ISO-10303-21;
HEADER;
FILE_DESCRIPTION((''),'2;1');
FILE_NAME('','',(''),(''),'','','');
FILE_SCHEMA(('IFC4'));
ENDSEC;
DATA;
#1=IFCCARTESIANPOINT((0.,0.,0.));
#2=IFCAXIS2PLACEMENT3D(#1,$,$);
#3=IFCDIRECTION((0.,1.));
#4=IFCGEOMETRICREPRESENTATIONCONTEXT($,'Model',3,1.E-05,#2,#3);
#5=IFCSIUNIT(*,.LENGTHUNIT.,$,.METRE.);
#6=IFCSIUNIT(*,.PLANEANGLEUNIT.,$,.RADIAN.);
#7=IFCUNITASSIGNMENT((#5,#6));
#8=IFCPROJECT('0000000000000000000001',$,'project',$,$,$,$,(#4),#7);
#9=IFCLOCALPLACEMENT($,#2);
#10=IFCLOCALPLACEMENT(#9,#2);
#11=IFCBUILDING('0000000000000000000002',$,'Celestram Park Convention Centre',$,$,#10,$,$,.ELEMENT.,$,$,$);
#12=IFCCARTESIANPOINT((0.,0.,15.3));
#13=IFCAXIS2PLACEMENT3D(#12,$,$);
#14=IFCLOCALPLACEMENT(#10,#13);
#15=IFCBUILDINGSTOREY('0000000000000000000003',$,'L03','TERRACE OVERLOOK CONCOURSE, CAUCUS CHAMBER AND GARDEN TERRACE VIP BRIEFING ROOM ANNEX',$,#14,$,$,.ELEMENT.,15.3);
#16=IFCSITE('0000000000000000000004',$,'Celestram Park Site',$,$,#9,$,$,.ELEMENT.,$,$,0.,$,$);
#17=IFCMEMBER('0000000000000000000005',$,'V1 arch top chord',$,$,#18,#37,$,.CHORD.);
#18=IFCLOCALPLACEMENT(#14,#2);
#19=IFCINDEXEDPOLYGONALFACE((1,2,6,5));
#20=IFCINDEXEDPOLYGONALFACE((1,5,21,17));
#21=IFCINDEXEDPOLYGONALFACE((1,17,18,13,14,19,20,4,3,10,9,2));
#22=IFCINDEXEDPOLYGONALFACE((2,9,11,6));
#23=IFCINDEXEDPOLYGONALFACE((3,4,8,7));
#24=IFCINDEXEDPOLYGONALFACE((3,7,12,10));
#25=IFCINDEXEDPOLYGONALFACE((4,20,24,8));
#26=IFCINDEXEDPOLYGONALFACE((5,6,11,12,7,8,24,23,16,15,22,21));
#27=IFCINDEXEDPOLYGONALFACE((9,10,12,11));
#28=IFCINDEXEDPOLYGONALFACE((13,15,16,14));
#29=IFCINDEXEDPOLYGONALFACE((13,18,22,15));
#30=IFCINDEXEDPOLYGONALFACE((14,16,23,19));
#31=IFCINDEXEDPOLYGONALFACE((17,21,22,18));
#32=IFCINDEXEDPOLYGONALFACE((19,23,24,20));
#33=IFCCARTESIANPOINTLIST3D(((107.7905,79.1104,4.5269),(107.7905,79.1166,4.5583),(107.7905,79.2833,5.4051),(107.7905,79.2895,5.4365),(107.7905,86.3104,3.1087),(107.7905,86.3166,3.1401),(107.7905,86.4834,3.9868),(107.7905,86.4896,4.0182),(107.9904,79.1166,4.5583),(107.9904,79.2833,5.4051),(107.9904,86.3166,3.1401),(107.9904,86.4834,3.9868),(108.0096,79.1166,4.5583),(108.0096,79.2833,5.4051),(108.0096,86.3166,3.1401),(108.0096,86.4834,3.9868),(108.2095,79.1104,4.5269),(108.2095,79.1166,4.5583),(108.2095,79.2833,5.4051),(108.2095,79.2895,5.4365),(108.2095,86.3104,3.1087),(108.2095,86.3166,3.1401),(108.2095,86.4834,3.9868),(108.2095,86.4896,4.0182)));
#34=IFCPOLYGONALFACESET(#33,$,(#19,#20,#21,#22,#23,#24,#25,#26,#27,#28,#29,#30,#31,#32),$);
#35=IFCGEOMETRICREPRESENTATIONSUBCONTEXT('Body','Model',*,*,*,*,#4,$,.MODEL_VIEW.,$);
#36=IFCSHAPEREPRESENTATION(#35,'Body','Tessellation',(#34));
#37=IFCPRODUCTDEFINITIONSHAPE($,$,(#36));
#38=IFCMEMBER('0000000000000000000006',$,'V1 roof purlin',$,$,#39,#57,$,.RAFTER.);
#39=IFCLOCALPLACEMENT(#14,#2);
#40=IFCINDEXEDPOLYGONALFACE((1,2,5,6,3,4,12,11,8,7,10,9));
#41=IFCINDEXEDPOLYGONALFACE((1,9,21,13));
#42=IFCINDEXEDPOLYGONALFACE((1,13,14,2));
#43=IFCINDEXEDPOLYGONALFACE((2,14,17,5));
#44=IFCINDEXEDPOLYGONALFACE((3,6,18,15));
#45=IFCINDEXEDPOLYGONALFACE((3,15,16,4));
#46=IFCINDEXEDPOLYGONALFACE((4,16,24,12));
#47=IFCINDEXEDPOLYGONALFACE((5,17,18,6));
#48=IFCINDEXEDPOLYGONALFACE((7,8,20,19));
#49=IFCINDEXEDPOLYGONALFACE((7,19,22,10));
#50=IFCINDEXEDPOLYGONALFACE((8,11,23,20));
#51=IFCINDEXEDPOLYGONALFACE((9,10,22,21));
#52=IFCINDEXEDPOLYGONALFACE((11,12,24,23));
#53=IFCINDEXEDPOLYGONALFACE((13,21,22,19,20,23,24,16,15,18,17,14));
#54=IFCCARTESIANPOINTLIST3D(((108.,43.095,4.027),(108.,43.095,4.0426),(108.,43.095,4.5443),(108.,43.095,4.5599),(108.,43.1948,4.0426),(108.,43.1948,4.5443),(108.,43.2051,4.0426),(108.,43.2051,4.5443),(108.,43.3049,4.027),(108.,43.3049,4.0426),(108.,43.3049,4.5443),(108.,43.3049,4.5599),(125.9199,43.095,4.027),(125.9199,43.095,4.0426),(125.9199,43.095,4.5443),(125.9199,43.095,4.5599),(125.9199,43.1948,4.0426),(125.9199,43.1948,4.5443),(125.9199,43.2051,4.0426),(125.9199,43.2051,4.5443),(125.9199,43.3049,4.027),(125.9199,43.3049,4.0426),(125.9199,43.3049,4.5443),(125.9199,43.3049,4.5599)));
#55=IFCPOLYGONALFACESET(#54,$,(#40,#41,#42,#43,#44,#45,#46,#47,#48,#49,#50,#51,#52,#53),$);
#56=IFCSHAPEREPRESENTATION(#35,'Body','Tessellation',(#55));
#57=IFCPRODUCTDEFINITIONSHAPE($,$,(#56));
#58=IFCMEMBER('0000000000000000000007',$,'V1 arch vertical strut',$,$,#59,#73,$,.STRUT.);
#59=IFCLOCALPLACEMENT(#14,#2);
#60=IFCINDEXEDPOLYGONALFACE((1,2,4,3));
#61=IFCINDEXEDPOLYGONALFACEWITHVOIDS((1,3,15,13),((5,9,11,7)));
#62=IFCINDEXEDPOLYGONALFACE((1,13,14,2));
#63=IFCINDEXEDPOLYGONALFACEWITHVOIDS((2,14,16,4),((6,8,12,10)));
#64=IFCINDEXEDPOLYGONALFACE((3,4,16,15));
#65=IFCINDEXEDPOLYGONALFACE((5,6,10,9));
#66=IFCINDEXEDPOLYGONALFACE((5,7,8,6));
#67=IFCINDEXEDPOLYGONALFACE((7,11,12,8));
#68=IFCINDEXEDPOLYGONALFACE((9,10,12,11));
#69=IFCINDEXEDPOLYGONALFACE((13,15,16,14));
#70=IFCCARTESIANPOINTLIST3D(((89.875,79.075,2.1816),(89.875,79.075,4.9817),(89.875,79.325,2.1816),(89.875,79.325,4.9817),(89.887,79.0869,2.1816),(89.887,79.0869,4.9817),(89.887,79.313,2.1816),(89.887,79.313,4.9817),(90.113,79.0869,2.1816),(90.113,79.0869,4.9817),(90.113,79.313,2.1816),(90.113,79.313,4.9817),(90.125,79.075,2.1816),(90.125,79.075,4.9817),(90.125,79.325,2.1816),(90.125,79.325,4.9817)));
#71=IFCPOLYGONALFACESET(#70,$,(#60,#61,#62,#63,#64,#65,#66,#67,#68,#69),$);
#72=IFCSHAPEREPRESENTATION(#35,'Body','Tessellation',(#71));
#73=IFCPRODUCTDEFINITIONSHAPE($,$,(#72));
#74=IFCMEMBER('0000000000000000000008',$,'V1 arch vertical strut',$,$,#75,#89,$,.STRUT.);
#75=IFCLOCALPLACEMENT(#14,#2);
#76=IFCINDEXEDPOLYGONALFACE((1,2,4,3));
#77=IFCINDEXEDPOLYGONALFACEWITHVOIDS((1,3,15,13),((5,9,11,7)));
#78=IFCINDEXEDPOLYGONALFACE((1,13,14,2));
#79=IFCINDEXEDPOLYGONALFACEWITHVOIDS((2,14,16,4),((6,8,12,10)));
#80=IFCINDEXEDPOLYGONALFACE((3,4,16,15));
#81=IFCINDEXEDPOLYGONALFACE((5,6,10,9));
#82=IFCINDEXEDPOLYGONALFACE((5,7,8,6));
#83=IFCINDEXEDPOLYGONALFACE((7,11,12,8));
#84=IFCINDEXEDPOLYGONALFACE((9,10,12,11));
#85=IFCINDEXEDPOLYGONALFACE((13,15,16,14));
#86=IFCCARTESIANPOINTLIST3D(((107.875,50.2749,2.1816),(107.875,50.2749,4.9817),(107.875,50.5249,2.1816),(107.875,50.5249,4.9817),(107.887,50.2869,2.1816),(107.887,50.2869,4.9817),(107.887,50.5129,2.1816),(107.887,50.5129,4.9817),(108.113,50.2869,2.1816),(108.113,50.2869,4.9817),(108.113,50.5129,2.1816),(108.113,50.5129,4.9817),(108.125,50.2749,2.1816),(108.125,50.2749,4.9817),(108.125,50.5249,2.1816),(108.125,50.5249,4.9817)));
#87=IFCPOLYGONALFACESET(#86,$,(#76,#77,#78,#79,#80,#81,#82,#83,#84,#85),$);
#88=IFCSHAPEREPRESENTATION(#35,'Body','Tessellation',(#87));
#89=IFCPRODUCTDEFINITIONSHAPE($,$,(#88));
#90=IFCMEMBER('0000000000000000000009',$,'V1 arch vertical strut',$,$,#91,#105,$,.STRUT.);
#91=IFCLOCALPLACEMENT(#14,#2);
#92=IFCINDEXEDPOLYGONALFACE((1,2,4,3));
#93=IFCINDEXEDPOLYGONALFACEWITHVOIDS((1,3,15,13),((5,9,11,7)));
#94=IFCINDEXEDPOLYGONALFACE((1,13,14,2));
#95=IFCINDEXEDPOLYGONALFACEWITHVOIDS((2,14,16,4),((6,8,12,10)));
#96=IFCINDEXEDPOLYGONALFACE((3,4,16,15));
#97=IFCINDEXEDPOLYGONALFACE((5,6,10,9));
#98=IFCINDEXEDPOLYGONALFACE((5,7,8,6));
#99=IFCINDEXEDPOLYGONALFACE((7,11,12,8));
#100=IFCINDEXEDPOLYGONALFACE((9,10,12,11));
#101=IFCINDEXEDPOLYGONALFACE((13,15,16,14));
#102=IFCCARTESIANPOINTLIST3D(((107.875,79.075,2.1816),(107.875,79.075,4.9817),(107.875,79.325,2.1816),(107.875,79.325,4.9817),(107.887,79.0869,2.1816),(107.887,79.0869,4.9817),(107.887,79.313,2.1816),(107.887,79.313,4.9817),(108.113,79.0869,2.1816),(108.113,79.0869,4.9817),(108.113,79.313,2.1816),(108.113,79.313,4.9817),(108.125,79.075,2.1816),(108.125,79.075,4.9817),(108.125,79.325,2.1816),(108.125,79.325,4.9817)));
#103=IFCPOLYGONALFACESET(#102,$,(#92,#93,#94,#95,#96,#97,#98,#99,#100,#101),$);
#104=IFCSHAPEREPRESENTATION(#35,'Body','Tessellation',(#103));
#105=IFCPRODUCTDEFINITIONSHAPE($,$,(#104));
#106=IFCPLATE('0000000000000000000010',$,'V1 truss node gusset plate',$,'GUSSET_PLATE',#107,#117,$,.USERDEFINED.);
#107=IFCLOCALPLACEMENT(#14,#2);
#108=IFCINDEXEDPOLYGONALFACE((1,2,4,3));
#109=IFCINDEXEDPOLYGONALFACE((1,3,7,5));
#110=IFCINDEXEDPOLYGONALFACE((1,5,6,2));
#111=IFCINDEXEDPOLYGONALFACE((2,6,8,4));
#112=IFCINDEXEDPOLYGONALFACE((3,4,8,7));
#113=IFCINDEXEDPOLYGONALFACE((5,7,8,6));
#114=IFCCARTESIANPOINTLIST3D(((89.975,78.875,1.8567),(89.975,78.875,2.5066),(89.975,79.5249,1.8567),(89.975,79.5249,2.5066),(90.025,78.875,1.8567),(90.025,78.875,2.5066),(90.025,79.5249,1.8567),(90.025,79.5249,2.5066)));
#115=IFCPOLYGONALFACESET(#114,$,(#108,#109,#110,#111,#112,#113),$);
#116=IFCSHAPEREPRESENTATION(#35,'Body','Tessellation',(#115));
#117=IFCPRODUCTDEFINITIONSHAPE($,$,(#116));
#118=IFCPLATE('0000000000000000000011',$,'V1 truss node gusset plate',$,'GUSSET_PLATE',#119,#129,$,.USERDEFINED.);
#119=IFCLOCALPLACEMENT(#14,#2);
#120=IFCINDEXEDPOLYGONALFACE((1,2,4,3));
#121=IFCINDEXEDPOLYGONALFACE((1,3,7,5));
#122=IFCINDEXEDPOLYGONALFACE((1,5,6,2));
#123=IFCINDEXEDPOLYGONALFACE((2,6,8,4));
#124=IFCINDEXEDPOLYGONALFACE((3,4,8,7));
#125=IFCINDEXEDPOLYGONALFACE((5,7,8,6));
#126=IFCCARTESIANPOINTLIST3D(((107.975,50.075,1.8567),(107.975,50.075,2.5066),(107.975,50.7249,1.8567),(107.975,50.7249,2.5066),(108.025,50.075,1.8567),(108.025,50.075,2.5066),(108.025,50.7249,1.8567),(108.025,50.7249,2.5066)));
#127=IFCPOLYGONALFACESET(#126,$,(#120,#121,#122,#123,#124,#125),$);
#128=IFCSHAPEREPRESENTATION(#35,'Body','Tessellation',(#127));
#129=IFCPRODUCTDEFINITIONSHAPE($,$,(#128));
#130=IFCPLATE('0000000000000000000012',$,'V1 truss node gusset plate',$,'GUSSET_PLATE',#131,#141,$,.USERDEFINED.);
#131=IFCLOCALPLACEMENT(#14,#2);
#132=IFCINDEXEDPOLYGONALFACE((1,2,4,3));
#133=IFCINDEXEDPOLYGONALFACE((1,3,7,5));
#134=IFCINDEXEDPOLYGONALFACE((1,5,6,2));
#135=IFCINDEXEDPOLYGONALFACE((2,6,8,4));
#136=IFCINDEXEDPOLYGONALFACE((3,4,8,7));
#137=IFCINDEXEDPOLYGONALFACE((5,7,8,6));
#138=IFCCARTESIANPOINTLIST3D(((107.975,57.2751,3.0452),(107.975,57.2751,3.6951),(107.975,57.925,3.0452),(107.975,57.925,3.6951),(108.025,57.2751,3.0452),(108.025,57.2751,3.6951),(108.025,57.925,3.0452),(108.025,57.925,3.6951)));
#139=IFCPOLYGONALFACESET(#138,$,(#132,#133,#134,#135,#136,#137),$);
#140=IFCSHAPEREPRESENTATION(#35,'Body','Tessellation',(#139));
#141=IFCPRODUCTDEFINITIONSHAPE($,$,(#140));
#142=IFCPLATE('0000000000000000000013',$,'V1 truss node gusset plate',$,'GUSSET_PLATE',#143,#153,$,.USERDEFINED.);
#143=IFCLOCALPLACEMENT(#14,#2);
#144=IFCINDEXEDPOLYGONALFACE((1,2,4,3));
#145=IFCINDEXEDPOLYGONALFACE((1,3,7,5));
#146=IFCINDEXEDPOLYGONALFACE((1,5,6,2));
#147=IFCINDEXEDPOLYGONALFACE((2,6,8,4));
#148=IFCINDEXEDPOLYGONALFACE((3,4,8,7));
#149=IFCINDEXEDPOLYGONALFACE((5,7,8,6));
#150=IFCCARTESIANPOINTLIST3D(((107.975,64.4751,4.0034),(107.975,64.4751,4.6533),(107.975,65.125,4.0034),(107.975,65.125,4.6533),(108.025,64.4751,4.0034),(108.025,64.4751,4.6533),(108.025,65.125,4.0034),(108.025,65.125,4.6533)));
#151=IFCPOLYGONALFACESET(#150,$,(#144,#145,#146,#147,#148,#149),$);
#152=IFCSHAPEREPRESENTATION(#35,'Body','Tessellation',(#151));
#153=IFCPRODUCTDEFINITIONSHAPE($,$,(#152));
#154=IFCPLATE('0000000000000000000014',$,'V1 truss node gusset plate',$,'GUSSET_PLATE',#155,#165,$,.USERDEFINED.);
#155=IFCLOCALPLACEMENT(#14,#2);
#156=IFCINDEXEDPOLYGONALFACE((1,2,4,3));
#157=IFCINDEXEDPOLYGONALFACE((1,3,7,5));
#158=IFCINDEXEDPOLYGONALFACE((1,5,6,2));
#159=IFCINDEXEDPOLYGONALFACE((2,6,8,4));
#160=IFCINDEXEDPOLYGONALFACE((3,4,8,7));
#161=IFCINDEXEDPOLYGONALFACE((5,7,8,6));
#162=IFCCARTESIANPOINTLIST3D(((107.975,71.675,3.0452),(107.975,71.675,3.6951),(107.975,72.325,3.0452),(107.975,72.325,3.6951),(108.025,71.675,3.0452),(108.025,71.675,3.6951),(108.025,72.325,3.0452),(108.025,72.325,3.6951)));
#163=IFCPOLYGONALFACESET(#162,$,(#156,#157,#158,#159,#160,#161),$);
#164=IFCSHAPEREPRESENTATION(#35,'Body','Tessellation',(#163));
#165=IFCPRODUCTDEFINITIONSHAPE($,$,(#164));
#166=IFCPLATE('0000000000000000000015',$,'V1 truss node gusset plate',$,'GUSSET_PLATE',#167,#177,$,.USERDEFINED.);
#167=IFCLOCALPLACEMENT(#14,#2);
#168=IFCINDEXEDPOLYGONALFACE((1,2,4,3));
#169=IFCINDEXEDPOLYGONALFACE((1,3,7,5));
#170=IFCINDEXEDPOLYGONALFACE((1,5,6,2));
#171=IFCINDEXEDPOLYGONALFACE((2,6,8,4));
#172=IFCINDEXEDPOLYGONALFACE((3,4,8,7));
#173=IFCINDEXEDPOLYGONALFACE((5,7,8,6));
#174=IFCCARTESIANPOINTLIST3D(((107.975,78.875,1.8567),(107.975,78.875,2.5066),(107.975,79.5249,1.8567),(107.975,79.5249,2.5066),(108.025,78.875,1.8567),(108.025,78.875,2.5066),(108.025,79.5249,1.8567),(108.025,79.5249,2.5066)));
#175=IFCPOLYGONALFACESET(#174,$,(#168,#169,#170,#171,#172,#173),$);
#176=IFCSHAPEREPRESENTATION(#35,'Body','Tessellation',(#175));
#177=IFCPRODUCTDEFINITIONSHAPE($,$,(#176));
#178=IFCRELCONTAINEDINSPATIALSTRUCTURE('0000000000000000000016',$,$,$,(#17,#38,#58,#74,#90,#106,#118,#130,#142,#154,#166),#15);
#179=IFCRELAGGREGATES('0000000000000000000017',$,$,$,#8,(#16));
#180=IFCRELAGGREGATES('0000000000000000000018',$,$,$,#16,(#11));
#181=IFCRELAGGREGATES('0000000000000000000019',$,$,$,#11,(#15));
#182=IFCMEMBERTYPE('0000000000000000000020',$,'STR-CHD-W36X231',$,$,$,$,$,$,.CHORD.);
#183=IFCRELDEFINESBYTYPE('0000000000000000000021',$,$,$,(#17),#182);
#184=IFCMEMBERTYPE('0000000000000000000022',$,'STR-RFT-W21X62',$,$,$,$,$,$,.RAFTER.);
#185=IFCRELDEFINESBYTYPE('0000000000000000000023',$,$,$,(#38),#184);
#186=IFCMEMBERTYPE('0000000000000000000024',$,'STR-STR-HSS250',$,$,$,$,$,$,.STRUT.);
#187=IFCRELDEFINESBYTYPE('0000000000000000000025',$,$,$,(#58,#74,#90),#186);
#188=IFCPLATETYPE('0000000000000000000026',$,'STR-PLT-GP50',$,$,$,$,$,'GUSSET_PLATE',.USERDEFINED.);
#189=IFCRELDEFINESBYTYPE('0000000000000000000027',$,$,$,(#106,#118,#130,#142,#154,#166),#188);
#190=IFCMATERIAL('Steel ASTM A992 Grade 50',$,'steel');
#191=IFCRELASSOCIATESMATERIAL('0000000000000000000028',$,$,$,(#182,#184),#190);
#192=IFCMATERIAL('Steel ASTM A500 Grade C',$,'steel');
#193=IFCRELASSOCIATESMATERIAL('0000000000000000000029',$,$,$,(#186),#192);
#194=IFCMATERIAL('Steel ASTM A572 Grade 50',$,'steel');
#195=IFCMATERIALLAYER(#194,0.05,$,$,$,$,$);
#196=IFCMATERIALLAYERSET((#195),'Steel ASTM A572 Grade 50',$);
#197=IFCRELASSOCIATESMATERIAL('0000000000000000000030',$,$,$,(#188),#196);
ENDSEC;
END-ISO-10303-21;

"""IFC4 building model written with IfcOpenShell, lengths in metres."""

from ifc_helpers import new_model, si_unit, direction, frame, origin, origin_2d, place, context, subcontext, project, spatial, rectangle, hollow_rectangle, i_section, extrude, material, layer, layer_set, material_profile, profile_set, type_object, element, save


model = new_model("IFC4")

# Units and contexts
model_context = context("Model", 3, precision=1e-05, world=origin(), true_north=direction((0.0, 1.0)))
body_context = subcontext(model_context, "Body", "Model", "MODEL_VIEW")
ifc_project = project(units=[si_unit("LENGTHUNIT", "METRE"), si_unit("PLANEANGLEUNIT", "RADIAN")], contexts=[model_context])

# Site, building, storey
site_placement = place(None, origin())
site = spatial("IfcSite", under=ifc_project, at=site_placement, Name="Celestram Park Site", CompositionType="ELEMENT", RefElevation=0.0)
building_placement = place(site_placement, origin())
building = spatial("IfcBuilding", under=site, at=building_placement, Name="Celestram Park Convention Centre", CompositionType="ELEMENT")
storey_placement = place(building_placement, frame((0.0, 0.0, 15.3)))
storey = spatial("IfcBuildingStorey", under=building, at=storey_placement, Name="L03", Description="TERRACE OVERLOOK CONCOURSE, CAUCUS CHAMBER AND GARDEN TERRACE VIP BRIEFING ROOM ANNEX", CompositionType="ELEMENT", Elevation=15.3)

# Members
ifc_material_1 = material(Name="Steel ASTM A500 Grade C", Category="steel")
ifc_material_2 = material(Name="Steel ASTM A992 Grade 50", Category="steel")
ifc_material_profile_1 = material_profile(ifc_material_2, i_section(OverallWidth=0.4189, OverallDepth=0.927, WebThickness=0.0193, FlangeThickness=0.032, at=origin_2d()), Name="W36X231")
ifc_profile_set_1 = profile_set([ifc_material_profile_1], Name="Steel ASTM A992 Grade 50")
member_type_1 = type_object("IfcMemberType", Name="STR-CHD-W36X231", PredefinedType="CHORD", material=ifc_profile_set_1)
member_1_placement = place(storey_placement, frame((108.0, 79.2, 4.9817), z_axis=(0.0, 0.981147, -0.193262), x_axis=(-1.0, 0.0, 0.0)))
element("IfcMember", 1, at=member_1_placement, inside=storey, type_object=member_type_1, Name="V1 arch top chord", PredefinedType="CHORD", context=body_context, shape_type="SweptSolid", body=[
    extrude(i_section(OverallWidth=0.4189, OverallDepth=0.927, WebThickness=0.0193, FlangeThickness=0.032, at=origin_2d()), origin(), (0.0, 0.0, 1.0), 7.3384),
])
ifc_material_profile_2 = material_profile(ifc_material_2, i_section(OverallWidth=0.21, OverallDepth=0.533, WebThickness=0.0103, FlangeThickness=0.0156, at=origin_2d()), Name="W21X62")
ifc_profile_set_2 = profile_set([ifc_material_profile_2], Name="Steel ASTM A992 Grade 50")
member_type_2 = type_object("IfcMemberType", Name="STR-RFT-W21X62", PredefinedType="RAFTER", material=ifc_profile_set_2)
member_2_placement = place(storey_placement, frame((108.0, 43.2, 4.2935), z_axis=(1.0, 0.0, 0.0), x_axis=(0.0, 1.0, 0.0)))
element("IfcMember", 2, at=member_2_placement, inside=storey, type_object=member_type_2, Name="V1 roof purlin", PredefinedType="RAFTER", context=body_context, shape_type="SweptSolid", body=[
    extrude(i_section(OverallWidth=0.21, OverallDepth=0.533, WebThickness=0.0103, FlangeThickness=0.0156, at=origin_2d()), origin(), (0.0, 0.0, 1.0), 17.9199),
])
ifc_material_profile_3 = material_profile(ifc_material_1, hollow_rectangle(XDim=0.25, YDim=0.25, WallThickness=0.012, at=origin_2d()), Name="HSS250X250X12")
ifc_profile_set_3 = profile_set([ifc_material_profile_3], Name="Steel ASTM A500 Grade C")
member_type_3 = type_object("IfcMemberType", Name="STR-STR-HSS250", PredefinedType="STRUT", material=ifc_profile_set_3)
for number, where, z_axis, x_axis, name in (
    (3, (90.0, 79.2, 2.1816), (0.0, 0.0, 1.0), (1.0, 0.0, 0.0), "V1 arch vertical strut"),
    (4, (108.0, 50.3999, 2.1816), (0.0, 0.0, 1.0), (1.0, 0.0, 0.0), "V1 arch vertical strut"),
    (5, (108.0, 79.2, 2.1816), (0.0, 0.0, 1.0), (1.0, 0.0, 0.0), "V1 arch vertical strut"),
):
    element("IfcMember", number, at=place(storey_placement, frame(where, z_axis=z_axis, x_axis=x_axis)), inside=storey, type_object=member_type_3, Name=name, PredefinedType="STRUT", context=body_context, shape_type="SweptSolid", body=[
        extrude(hollow_rectangle(XDim=0.25, YDim=0.25, WallThickness=0.012, at=origin_2d()), origin(), (0.0, 0.0, 1.0), 2.8),
    ])

# Plates
ifc_material_3 = material(Name="Steel ASTM A572 Grade 50", Category="steel")
ifc_layer = layer(ifc_material_3, 0.05)
ifc_layer_set = layer_set([ifc_layer], Name="Steel ASTM A572 Grade 50")
plate_type = type_object("IfcPlateType", Name="STR-PLT-GP50", ElementType="GUSSET_PLATE", PredefinedType="USERDEFINED", material=ifc_layer_set)
for number, where, z_axis, x_axis, name in (
    (6, (90.0, 79.2, 1.8567), (0.0, 0.0, 1.0), (0.0, 1.0, 0.0), "V1 truss node gusset plate"),
    (7, (108.0, 50.3999, 1.8567), (0.0, 0.0, 1.0), (0.0, 1.0, 0.0), "V1 truss node gusset plate"),
    (8, (108.0, 57.6001, 3.0452), (0.0, 0.0, 1.0), (0.0, 1.0, 0.0), "V1 truss node gusset plate"),
    (9, (108.0, 64.8, 4.0034), (0.0, 0.0, 1.0), (0.0, 1.0, 0.0), "V1 truss node gusset plate"),
    (10, (108.0, 72.0, 3.0452), (0.0, 0.0, 1.0), (0.0, 1.0, 0.0), "V1 truss node gusset plate"),
    (11, (108.0, 79.2, 1.8567), (0.0, 0.0, 1.0), (0.0, 1.0, 0.0), "V1 truss node gusset plate"),
):
    element("IfcPlate", number, at=place(storey_placement, frame(where, z_axis=z_axis, x_axis=x_axis)), inside=storey, type_object=plate_type, Name=name, ObjectType="GUSSET_PLATE", PredefinedType="USERDEFINED", context=body_context, shape_type="SweptSolid", body=[
        extrude(rectangle(XDim=0.6499, YDim=0.05, at=origin_2d()), origin(), (0.0, 0.0, 1.0), 0.6499),
    ])

save(model, "model.ifc")
